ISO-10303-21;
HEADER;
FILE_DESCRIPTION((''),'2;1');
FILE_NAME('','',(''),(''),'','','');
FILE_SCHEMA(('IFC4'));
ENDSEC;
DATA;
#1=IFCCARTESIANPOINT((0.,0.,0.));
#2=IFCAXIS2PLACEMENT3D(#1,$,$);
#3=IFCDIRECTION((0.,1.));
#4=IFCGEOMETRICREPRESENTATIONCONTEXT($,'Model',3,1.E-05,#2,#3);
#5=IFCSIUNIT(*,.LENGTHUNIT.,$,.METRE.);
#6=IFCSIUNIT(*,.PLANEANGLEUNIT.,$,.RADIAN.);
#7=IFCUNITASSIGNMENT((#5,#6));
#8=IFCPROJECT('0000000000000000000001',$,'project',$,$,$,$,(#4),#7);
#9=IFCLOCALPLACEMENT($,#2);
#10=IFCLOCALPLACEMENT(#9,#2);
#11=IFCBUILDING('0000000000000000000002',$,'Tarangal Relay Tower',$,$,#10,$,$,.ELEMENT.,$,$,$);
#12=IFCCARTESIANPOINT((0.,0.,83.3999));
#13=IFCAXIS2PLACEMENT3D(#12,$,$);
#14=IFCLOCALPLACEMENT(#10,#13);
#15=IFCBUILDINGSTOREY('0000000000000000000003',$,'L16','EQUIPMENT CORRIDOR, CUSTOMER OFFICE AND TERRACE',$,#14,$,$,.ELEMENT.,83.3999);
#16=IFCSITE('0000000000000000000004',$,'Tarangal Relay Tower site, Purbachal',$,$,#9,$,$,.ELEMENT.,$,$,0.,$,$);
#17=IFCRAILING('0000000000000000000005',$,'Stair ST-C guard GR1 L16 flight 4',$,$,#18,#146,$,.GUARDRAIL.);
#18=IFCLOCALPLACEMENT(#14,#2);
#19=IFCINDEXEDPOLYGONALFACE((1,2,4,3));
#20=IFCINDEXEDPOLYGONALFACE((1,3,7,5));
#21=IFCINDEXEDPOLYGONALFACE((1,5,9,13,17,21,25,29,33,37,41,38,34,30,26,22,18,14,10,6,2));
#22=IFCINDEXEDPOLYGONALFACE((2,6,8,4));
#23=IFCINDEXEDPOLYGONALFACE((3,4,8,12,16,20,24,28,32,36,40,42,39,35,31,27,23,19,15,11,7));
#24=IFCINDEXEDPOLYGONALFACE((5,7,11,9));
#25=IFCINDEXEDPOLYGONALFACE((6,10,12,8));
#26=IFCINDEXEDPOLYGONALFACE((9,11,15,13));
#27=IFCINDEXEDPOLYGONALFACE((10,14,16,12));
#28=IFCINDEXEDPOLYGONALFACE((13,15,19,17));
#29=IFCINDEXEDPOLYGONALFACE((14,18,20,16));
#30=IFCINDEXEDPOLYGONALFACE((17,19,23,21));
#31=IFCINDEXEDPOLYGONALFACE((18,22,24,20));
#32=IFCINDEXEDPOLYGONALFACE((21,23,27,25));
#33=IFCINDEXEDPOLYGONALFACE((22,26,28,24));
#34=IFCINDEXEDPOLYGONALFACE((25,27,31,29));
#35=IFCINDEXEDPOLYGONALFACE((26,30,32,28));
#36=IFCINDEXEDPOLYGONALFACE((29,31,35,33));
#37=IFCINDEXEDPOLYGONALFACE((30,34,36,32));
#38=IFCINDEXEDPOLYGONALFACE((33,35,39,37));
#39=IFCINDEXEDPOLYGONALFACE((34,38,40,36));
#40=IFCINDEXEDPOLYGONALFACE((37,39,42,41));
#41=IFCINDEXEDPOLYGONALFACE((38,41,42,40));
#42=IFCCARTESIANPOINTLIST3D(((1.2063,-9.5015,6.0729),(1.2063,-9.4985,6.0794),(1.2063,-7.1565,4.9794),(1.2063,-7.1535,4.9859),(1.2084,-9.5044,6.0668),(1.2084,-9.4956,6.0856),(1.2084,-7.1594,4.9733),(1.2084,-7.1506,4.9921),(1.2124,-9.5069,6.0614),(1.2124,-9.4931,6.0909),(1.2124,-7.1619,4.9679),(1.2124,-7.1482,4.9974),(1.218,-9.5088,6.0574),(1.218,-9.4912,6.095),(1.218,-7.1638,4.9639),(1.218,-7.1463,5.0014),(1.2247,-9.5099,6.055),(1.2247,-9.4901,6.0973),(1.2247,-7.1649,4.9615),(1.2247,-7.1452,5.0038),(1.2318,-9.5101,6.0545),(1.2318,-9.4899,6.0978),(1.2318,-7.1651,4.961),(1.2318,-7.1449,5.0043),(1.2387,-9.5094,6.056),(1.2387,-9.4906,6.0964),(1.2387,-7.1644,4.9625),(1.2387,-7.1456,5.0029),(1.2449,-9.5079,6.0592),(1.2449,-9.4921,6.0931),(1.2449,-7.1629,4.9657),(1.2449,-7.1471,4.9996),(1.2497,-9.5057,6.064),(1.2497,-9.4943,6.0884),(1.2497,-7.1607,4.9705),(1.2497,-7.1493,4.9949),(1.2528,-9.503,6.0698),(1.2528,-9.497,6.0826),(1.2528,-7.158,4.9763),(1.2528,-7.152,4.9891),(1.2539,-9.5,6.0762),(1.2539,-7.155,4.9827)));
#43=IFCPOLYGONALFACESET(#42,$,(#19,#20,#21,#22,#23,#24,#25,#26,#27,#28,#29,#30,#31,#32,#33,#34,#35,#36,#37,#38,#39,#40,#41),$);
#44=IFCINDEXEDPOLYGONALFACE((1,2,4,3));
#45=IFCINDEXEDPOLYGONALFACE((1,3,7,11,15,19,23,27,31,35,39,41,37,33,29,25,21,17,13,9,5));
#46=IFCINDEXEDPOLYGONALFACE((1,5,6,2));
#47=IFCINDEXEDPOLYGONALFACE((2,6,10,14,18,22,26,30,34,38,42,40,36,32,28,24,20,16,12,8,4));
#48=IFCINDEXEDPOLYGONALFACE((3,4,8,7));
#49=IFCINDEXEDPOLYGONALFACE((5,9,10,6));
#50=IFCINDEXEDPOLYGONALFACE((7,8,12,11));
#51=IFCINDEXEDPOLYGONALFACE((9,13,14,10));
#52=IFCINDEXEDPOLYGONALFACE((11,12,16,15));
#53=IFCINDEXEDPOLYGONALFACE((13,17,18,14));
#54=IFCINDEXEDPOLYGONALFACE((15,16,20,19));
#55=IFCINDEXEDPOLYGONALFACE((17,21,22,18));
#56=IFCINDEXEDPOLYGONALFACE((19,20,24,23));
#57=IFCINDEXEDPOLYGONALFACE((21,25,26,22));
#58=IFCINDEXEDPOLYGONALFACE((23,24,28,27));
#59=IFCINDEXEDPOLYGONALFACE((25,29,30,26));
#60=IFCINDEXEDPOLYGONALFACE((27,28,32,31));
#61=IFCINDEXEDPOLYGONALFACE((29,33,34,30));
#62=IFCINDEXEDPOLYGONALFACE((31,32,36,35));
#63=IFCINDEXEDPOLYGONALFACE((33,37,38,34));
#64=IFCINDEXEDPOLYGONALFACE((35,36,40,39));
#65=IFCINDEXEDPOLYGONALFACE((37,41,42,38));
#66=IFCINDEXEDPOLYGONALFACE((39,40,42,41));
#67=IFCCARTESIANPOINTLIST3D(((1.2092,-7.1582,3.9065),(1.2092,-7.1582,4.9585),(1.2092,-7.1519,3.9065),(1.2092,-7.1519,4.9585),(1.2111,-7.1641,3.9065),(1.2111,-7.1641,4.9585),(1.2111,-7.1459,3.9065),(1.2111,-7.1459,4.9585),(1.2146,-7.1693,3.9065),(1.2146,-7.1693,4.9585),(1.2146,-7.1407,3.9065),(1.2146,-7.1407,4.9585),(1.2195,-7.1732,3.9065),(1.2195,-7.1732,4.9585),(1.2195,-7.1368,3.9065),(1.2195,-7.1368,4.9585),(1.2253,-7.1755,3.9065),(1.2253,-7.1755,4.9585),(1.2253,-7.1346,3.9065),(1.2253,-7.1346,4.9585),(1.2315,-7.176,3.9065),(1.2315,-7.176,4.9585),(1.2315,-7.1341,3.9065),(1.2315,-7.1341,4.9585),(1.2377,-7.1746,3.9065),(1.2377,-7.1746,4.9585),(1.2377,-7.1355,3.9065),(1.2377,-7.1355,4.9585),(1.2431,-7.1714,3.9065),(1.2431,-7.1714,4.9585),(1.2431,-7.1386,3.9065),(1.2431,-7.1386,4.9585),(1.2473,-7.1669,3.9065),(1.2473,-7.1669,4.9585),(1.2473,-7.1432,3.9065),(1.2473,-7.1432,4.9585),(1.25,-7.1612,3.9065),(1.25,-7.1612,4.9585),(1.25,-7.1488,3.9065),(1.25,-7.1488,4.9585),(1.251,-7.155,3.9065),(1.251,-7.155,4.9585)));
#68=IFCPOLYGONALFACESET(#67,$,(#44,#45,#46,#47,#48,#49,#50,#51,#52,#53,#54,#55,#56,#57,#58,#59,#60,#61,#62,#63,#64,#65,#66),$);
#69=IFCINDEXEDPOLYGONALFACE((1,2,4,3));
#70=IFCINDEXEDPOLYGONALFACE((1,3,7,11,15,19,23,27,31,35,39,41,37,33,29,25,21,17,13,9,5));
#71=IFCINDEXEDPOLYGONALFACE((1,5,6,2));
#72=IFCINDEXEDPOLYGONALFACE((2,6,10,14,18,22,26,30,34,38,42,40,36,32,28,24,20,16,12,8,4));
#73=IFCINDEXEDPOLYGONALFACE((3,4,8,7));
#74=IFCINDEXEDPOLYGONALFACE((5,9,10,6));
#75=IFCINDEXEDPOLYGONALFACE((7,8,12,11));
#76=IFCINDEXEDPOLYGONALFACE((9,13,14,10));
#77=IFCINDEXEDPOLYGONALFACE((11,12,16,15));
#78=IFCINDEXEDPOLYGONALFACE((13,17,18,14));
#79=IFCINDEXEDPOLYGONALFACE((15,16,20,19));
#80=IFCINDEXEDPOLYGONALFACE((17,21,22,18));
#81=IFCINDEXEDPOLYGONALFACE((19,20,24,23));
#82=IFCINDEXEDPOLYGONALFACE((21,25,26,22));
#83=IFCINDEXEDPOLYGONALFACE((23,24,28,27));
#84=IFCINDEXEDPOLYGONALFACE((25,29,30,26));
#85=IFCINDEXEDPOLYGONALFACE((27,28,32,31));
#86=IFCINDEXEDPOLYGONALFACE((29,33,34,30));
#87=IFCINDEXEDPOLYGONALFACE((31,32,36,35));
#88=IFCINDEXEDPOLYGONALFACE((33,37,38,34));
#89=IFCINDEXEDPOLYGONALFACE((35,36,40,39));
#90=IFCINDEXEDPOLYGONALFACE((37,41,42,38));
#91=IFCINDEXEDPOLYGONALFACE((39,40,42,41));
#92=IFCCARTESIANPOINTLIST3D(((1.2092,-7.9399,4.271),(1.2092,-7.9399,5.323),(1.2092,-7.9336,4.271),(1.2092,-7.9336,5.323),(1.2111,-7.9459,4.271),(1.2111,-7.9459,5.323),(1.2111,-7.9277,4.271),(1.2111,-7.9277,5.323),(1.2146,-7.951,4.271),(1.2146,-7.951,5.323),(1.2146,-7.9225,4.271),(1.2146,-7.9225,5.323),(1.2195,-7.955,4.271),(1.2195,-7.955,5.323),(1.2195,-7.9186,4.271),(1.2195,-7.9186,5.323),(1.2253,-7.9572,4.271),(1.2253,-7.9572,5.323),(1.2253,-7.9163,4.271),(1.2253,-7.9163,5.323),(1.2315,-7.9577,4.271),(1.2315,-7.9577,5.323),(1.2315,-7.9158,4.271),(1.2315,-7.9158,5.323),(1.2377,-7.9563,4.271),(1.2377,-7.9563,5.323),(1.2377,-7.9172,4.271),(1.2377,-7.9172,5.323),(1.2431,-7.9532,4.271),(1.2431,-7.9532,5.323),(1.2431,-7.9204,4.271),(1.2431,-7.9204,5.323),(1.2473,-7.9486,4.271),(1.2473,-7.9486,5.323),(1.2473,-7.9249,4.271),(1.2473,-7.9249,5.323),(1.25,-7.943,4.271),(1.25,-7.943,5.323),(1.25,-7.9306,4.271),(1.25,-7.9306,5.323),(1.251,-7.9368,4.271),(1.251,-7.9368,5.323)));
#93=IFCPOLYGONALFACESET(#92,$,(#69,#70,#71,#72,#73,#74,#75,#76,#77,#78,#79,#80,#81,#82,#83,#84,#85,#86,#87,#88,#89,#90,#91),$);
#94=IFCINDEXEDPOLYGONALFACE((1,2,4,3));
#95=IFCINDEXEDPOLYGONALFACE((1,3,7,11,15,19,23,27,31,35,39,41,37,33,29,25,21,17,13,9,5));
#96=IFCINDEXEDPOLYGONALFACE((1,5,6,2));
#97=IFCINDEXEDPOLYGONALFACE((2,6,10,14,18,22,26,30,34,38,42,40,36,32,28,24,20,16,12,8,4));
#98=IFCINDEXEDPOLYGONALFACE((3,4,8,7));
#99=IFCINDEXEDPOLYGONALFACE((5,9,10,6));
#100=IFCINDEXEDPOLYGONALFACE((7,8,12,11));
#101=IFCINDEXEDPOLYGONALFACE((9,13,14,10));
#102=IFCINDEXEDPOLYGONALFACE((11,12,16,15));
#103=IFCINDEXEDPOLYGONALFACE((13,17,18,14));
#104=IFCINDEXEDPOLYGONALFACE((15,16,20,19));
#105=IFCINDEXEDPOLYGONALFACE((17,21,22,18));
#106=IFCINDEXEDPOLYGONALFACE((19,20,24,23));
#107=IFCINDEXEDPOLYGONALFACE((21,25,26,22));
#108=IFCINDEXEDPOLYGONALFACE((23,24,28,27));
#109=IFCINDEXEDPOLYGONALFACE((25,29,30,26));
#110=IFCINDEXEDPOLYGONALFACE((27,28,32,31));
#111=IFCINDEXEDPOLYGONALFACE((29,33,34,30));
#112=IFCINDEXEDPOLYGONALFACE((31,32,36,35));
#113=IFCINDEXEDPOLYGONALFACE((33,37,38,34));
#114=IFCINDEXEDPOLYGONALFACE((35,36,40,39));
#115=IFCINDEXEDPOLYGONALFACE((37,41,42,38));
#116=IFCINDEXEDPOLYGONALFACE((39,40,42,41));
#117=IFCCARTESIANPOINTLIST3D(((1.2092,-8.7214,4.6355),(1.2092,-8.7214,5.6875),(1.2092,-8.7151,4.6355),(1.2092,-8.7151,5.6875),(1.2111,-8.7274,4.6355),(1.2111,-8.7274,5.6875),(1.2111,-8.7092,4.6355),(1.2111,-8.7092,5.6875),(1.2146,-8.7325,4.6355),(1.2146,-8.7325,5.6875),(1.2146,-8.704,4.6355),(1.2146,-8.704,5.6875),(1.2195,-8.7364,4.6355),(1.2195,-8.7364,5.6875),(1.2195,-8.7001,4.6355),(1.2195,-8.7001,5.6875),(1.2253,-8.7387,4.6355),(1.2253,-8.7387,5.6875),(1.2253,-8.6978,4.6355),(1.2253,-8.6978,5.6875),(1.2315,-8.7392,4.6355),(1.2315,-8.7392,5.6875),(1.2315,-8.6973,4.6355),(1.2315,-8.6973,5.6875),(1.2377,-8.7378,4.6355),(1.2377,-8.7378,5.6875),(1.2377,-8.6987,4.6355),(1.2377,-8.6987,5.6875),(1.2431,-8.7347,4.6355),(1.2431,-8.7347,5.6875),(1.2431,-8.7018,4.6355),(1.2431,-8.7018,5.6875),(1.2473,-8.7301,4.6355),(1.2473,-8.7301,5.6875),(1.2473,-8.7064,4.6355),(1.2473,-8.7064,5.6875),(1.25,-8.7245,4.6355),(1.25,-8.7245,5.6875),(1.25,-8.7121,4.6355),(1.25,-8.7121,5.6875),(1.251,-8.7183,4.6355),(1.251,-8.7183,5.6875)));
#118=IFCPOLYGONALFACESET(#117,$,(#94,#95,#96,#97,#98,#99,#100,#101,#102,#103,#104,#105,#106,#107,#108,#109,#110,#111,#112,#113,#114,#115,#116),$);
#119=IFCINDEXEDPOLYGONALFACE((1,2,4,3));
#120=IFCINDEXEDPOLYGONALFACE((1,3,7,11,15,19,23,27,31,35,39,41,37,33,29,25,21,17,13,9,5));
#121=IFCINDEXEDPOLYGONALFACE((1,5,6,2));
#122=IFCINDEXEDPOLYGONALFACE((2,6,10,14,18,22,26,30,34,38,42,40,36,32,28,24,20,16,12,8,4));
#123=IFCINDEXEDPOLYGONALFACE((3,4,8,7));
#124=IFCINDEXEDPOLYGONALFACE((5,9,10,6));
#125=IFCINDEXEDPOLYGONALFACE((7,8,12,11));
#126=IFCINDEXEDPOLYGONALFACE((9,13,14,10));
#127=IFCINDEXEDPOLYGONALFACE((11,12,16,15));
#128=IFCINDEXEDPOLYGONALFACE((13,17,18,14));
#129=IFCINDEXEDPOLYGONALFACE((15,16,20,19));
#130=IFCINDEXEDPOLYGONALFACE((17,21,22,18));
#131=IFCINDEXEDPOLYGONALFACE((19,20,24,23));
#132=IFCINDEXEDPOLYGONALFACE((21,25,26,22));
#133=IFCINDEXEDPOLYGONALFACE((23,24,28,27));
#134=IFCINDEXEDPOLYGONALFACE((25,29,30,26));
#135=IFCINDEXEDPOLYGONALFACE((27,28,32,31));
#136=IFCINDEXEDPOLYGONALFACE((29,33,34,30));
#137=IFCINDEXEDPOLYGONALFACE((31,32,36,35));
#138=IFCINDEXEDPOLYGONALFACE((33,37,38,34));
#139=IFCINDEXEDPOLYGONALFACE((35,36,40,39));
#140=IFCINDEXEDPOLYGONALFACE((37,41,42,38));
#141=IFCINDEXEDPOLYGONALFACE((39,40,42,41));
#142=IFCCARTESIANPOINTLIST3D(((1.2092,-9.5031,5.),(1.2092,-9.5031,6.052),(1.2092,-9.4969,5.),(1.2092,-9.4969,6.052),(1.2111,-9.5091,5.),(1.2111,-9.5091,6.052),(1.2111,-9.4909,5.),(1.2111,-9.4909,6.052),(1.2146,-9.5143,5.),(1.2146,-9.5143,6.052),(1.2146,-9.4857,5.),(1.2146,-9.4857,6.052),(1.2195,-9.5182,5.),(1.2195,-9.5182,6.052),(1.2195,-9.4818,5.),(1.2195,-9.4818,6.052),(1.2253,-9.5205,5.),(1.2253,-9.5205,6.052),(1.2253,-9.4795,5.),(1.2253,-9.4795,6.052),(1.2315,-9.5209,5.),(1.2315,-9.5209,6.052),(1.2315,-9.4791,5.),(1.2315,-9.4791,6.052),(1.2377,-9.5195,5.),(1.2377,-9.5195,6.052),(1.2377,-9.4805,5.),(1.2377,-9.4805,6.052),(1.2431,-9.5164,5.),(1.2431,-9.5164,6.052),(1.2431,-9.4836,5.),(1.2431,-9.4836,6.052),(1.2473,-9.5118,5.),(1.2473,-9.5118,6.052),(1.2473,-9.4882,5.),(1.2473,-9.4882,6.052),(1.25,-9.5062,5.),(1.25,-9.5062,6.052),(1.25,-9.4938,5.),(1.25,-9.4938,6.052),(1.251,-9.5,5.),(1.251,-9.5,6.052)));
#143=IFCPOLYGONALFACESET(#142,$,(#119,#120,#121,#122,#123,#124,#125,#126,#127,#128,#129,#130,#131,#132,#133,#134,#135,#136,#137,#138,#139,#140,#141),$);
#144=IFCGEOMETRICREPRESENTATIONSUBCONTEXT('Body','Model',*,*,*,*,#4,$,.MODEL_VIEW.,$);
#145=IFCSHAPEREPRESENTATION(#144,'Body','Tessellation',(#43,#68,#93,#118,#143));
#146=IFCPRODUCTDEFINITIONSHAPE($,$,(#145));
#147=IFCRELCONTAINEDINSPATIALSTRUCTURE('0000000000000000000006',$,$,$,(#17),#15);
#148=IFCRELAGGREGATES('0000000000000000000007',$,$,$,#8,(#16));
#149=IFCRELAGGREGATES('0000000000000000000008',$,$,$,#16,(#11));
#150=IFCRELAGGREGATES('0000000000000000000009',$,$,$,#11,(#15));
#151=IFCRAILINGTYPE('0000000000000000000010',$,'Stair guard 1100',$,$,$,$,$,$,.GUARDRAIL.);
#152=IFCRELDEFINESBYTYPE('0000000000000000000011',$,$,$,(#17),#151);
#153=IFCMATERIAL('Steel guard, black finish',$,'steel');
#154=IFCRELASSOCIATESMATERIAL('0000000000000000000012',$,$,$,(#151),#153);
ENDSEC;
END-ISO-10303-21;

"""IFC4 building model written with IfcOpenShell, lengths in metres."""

from ifc_helpers import new_model, si_unit, direction, frame, origin, origin_2d, place, context, subcontext, project, spatial, circle, extrude, material, type_object, element, save


model = new_model("IFC4")

# Units and contexts
model_context = context("Model", 3, precision=1e-05, world=origin(), true_north=direction((0.0, 1.0)))
body_context = subcontext(model_context, "Body", "Model", "MODEL_VIEW")
ifc_project = project(units=[si_unit("LENGTHUNIT", "METRE"), si_unit("PLANEANGLEUNIT", "RADIAN")], contexts=[model_context])

# Site, building, storey
site_placement = place(None, origin())
site = spatial("IfcSite", under=ifc_project, at=site_placement, Name="Tarangal Relay Tower site, Purbachal", CompositionType="ELEMENT", RefElevation=0.0)
building_placement = place(site_placement, origin())
building = spatial("IfcBuilding", under=site, at=building_placement, Name="Tarangal Relay Tower", CompositionType="ELEMENT")
storey_placement = place(building_placement, frame((0.0, 0.0, 83.3999)))
storey = spatial("IfcBuildingStorey", under=building, at=storey_placement, Name="L16", Description="EQUIPMENT CORRIDOR, CUSTOMER OFFICE AND TERRACE", CompositionType="ELEMENT", Elevation=83.3999)

# Railing
ifc_material_1 = material(Name="Steel guard, black finish", Category="steel")
railing_type_1 = type_object("IfcRailingType", Name="Stair guard 1100", PredefinedType="GUARDRAIL", material=ifc_material_1)
for number, where, name in (
    (1, (1.23, -7.155, 3.9065), "Stair ST-C guard GR1 L16 flight 4"),
):
    element("IfcRailing", number, at=place(storey_placement, frame(where)), inside=storey, type_object=railing_type_1, Name=name, PredefinedType="GUARDRAIL", context=body_context, shape_type="SweptSolid", body=[
        extrude(circle(Radius=0.0239, at=origin_2d()), frame((0.0, 0.0, 1.0762), z_axis=(0.0, -0.906304, 0.422627), x_axis=(1.0, 0.0, 0.0)), (0.0, 0.0, 1.0), 2.5874),
        extrude(circle(Radius=0.021, at=origin_2d()), origin(), (0.0, 0.0, 1.0), 1.052),
        extrude(circle(Radius=0.021, at=origin_2d()), frame((0.0, -0.7817, 0.3645)), (0.0, 0.0, 1.0), 1.052),
        extrude(circle(Radius=0.021, at=origin_2d()), frame((0.0, -1.5632, 0.729)), (0.0, 0.0, 1.0), 1.052),
        extrude(circle(Radius=0.021, at=origin_2d()), frame((0.0, -2.345, 1.0935)), (0.0, 0.0, 1.0), 1.052),
    ])

save(model, "model.ifc")
